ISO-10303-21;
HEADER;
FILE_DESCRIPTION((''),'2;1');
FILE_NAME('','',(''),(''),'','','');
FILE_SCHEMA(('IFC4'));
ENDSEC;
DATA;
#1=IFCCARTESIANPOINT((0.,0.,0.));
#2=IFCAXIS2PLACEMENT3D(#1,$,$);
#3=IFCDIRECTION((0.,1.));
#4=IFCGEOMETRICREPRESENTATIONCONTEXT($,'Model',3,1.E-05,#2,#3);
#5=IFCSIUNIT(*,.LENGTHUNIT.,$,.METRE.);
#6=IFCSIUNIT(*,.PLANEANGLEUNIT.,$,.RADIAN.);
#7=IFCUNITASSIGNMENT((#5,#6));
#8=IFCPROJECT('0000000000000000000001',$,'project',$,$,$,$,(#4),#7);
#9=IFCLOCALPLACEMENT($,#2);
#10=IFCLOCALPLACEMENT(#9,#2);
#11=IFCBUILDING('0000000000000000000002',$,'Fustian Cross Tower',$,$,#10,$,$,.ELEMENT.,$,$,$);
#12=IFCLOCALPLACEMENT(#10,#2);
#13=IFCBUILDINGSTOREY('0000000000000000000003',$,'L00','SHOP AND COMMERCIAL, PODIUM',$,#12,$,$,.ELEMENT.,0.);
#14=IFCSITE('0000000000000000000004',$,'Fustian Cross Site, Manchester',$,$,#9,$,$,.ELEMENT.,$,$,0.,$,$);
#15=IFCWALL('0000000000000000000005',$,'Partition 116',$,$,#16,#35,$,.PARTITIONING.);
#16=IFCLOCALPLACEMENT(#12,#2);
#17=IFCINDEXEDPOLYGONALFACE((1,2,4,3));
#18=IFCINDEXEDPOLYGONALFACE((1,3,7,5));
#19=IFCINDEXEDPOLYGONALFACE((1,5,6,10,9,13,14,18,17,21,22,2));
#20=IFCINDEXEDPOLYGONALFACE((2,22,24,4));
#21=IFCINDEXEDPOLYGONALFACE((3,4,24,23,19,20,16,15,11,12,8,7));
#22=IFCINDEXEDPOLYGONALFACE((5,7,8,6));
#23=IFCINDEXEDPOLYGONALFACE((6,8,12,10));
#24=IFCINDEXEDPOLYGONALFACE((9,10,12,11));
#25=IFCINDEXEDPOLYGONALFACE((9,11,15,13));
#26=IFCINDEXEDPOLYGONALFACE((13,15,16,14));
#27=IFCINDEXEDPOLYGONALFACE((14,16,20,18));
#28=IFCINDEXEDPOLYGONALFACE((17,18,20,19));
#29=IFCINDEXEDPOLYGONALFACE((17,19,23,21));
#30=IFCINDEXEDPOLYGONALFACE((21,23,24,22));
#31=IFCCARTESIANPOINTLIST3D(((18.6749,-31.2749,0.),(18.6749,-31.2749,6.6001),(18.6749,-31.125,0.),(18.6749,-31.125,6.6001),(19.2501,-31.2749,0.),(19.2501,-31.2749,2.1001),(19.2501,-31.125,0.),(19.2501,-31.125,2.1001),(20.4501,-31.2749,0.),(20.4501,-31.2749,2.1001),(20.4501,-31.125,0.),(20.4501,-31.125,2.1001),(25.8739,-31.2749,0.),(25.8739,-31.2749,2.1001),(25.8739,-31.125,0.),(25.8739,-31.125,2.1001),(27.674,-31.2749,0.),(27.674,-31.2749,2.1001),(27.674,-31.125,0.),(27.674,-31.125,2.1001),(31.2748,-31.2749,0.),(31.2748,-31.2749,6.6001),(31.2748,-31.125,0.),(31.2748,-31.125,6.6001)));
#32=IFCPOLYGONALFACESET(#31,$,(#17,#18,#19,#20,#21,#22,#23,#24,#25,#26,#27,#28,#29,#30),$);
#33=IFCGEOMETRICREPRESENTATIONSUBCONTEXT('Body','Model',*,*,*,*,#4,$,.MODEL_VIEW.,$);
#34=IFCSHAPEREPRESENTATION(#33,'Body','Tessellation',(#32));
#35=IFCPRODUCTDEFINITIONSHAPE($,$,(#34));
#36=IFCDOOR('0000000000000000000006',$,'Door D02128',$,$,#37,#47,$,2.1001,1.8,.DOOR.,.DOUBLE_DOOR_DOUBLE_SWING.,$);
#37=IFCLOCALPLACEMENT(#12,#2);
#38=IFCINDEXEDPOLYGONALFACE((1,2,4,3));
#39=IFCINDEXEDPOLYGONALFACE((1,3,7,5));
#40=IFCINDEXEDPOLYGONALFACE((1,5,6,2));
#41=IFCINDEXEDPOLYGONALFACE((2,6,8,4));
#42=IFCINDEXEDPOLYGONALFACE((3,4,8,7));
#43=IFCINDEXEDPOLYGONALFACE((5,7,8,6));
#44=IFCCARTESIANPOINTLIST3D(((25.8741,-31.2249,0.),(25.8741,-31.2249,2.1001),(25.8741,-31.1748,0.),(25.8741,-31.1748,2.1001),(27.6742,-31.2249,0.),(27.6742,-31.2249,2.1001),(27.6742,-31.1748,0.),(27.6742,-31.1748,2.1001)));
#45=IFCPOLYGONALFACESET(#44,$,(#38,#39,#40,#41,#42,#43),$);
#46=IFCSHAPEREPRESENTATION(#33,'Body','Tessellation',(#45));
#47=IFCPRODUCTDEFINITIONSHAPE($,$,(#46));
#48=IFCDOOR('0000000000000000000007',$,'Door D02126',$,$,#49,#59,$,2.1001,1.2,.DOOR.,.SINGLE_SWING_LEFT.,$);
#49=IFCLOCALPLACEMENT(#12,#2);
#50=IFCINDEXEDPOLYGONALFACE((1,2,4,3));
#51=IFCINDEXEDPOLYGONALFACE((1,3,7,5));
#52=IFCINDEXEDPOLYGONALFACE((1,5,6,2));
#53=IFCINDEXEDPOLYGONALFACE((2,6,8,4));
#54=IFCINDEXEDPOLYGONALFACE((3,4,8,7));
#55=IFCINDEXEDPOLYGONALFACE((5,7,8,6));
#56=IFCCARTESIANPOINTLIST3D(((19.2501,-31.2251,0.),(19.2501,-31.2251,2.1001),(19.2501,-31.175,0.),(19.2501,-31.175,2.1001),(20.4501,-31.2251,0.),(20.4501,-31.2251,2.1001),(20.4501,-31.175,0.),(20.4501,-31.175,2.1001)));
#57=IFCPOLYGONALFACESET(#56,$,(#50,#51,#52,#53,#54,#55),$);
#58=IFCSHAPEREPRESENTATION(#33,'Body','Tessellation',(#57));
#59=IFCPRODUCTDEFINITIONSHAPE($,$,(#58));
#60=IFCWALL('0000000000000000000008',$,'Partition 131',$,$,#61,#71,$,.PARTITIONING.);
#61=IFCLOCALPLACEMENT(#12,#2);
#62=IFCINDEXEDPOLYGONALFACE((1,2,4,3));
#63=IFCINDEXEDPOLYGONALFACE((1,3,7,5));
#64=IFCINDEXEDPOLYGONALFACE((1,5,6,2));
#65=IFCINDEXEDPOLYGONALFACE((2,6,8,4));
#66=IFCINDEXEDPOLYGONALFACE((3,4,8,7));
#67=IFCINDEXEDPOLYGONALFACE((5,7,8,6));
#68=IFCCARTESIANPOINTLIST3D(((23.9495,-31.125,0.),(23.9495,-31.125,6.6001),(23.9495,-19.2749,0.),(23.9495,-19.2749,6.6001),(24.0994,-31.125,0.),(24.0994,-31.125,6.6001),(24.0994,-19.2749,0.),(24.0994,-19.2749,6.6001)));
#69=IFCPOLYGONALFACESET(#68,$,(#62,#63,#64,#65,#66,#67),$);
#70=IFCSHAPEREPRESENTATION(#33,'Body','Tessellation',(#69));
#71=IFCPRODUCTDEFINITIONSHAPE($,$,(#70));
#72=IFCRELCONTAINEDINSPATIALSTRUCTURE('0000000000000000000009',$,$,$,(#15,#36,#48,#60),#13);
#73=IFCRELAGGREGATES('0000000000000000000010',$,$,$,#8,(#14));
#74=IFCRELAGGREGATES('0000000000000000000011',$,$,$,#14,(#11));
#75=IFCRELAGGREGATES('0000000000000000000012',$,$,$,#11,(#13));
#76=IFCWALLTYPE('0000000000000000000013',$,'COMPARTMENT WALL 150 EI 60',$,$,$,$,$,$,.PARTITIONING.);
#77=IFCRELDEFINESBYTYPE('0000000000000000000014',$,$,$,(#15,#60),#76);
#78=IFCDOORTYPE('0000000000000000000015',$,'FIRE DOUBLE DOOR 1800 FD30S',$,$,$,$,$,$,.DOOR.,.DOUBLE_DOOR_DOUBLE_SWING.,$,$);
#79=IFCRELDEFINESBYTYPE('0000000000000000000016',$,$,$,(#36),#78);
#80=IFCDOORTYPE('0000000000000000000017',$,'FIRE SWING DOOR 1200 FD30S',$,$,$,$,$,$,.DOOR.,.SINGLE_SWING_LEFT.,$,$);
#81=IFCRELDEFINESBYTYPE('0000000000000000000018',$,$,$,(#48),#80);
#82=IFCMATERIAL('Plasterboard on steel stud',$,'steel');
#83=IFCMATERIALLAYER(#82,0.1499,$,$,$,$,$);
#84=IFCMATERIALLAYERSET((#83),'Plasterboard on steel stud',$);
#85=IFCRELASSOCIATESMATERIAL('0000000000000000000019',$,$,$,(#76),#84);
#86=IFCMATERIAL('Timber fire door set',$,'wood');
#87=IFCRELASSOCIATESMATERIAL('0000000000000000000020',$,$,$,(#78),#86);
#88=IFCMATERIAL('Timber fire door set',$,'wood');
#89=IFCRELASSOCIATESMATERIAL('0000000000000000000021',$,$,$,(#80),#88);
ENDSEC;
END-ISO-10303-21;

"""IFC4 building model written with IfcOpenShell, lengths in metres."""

from ifc_helpers import new_model, si_unit, direction, frame, frame_2d, origin, place, context, subcontext, project, spatial, rectangle, extrude, material, layer, layer_set, type_object, element, fill, save


model = new_model("IFC4")

# Units and contexts
model_context = context("Model", 3, precision=1e-05, world=origin(), true_north=direction((0.0, 1.0)))
body_context = subcontext(model_context, "Body", "Model", "MODEL_VIEW")
ifc_project = project(units=[si_unit("LENGTHUNIT", "METRE"), si_unit("PLANEANGLEUNIT", "RADIAN")], contexts=[model_context])

# Site, building, storey
site_placement = place(None, origin())
site = spatial("IfcSite", under=ifc_project, at=site_placement, Name="Fustian Cross Site, Manchester", CompositionType="ELEMENT", RefElevation=0.0)
building_placement = place(site_placement, origin())
building = spatial("IfcBuilding", under=site, at=building_placement, Name="Fustian Cross Tower", CompositionType="ELEMENT")
storey_placement = place(building_placement, origin())
storey = spatial("IfcBuildingStorey", under=building, at=storey_placement, Name="L00", Description="SHOP AND COMMERCIAL, PODIUM", CompositionType="ELEMENT", Elevation=0.0)

# Shared definitions
ifc_material_1 = material(Name="Plasterboard on steel stud", Category="steel")
ifc_layer = layer(ifc_material_1, 0.1499)
ifc_layer_set = layer_set([ifc_layer], Name="Plasterboard on steel stud")
wall_type = type_object("IfcWallType", Name="COMPARTMENT WALL 150 EI 60", PredefinedType="PARTITIONING", material=ifc_layer_set)
ifc_material_2 = material(Name="Timber fire door set", Category="wood")
door_type_1 = type_object("IfcDoorType", Name="FIRE DOUBLE DOOR 1800 FD30S", OperationType="DOUBLE_DOOR_DOUBLE_SWING", PredefinedType="DOOR", material=ifc_material_2)
ifc_material_3 = material(Name="Timber fire door set", Category="wood")
door_type_2 = type_object("IfcDoorType", Name="FIRE SWING DOOR 1200 FD30S", OperationType="SINGLE_SWING_LEFT", PredefinedType="DOOR", material=ifc_material_3)

# Wall, openings, doors
wall_1_placement = place(storey_placement, frame((18.675, -31.2, 0.0), z_axis=(0.0, 0.0, 1.0), x_axis=(1.0, 0.0, 0.0)))
wall_1 = element("IfcWall", 1, at=wall_1_placement, inside=storey, type_object=wall_type, Name="Partition 116", PredefinedType="PARTITIONING", context=body_context, shape_type="SweptSolid", body=[
    extrude(rectangle(XDim=12.5999, YDim=0.1499, at=frame_2d((6.2998, 0.0))), origin(), (0.0, 0.0, 1.0), 6.6001),
])
opening_1_placement = place(wall_1_placement, frame((0.575, 0.0, 0.0)))
opening_1 = element("IfcOpeningElement", 2, at=opening_1_placement, cuts=wall_1, PredefinedType="OPENING", context=body_context, shape_type="SweptSolid", body=[
    extrude(rectangle(XDim=1.2, YDim=2.1001, at=frame_2d((0.6001, 1.05))), frame((0.0, 0.085, 0.0), z_axis=(0.0, -1.0, 0.0), x_axis=(1.0, 0.0, 0.0)), (0.0, 0.0, 1.0), 0.1699),
])
opening_2_placement = place(wall_1_placement, frame((7.199, 0.0, 0.0)))
opening_2 = element("IfcOpeningElement", 3, at=opening_2_placement, cuts=wall_1, PredefinedType="OPENING", context=body_context, shape_type="SweptSolid", body=[
    extrude(rectangle(XDim=1.8, YDim=2.1001, at=frame_2d((0.8999, 1.05))), frame((0.0, 0.085, 0.0), z_axis=(0.0, -1.0, 0.0), x_axis=(1.0, 0.0, 0.0)), (0.0, 0.0, 1.0), 0.1699),
])
door_1_placement = place(opening_2_placement, frame((1.8, 0.0, 0.0), z_axis=(0.0, 0.0, 1.0), x_axis=(-1.0, 0.0, 0.0)))
door_1 = element("IfcDoor", 4, at=door_1_placement, inside=storey, type_object=door_type_1, Name="Door D02128", OperationType="DOUBLE_DOOR_DOUBLE_SWING", OverallHeight=2.1001, OverallWidth=1.8, PredefinedType="DOOR", context=body_context, shape_type="SweptSolid", body=[
    extrude(rectangle(XDim=1.8, YDim=2.1001, at=frame_2d((0.8999, 1.05))), frame((0.0, 0.0249, 0.0), z_axis=(0.0, -1.0, 0.0), x_axis=(1.0, 0.0, 0.0)), (0.0, 0.0, 1.0), 0.05),
])
fill(opening_2, door_1)
door_2_placement = place(opening_1_placement, origin())
door_2 = element("IfcDoor", 5, at=door_2_placement, inside=storey, type_object=door_type_2, Name="Door D02126", OperationType="SINGLE_SWING_LEFT", OverallHeight=2.1001, OverallWidth=1.2, PredefinedType="DOOR", context=body_context, shape_type="SweptSolid", body=[
    extrude(rectangle(XDim=1.2, YDim=2.1001, at=frame_2d((0.6001, 1.05))), frame((0.0, 0.0249, 0.0), z_axis=(0.0, -1.0, 0.0), x_axis=(1.0, 0.0, 0.0)), (0.0, 0.0, 1.0), 0.05),
])
fill(opening_1, door_2)

# Wall
wall_2_placement = place(storey_placement, frame((24.0244, -31.125, 0.0), z_axis=(0.0, 0.0, 1.0), x_axis=(0.0, 1.0, 0.0)))
element("IfcWall", 6, at=wall_2_placement, inside=storey, type_object=wall_type, Name="Partition 131", PredefinedType="PARTITIONING", context=body_context, shape_type="SweptSolid", body=[
    extrude(rectangle(XDim=11.8501, YDim=0.1499, at=frame_2d((5.925, 0.0))), origin(), (0.0, 0.0, 1.0), 6.6001),
])

save(model, "model.ifc")
